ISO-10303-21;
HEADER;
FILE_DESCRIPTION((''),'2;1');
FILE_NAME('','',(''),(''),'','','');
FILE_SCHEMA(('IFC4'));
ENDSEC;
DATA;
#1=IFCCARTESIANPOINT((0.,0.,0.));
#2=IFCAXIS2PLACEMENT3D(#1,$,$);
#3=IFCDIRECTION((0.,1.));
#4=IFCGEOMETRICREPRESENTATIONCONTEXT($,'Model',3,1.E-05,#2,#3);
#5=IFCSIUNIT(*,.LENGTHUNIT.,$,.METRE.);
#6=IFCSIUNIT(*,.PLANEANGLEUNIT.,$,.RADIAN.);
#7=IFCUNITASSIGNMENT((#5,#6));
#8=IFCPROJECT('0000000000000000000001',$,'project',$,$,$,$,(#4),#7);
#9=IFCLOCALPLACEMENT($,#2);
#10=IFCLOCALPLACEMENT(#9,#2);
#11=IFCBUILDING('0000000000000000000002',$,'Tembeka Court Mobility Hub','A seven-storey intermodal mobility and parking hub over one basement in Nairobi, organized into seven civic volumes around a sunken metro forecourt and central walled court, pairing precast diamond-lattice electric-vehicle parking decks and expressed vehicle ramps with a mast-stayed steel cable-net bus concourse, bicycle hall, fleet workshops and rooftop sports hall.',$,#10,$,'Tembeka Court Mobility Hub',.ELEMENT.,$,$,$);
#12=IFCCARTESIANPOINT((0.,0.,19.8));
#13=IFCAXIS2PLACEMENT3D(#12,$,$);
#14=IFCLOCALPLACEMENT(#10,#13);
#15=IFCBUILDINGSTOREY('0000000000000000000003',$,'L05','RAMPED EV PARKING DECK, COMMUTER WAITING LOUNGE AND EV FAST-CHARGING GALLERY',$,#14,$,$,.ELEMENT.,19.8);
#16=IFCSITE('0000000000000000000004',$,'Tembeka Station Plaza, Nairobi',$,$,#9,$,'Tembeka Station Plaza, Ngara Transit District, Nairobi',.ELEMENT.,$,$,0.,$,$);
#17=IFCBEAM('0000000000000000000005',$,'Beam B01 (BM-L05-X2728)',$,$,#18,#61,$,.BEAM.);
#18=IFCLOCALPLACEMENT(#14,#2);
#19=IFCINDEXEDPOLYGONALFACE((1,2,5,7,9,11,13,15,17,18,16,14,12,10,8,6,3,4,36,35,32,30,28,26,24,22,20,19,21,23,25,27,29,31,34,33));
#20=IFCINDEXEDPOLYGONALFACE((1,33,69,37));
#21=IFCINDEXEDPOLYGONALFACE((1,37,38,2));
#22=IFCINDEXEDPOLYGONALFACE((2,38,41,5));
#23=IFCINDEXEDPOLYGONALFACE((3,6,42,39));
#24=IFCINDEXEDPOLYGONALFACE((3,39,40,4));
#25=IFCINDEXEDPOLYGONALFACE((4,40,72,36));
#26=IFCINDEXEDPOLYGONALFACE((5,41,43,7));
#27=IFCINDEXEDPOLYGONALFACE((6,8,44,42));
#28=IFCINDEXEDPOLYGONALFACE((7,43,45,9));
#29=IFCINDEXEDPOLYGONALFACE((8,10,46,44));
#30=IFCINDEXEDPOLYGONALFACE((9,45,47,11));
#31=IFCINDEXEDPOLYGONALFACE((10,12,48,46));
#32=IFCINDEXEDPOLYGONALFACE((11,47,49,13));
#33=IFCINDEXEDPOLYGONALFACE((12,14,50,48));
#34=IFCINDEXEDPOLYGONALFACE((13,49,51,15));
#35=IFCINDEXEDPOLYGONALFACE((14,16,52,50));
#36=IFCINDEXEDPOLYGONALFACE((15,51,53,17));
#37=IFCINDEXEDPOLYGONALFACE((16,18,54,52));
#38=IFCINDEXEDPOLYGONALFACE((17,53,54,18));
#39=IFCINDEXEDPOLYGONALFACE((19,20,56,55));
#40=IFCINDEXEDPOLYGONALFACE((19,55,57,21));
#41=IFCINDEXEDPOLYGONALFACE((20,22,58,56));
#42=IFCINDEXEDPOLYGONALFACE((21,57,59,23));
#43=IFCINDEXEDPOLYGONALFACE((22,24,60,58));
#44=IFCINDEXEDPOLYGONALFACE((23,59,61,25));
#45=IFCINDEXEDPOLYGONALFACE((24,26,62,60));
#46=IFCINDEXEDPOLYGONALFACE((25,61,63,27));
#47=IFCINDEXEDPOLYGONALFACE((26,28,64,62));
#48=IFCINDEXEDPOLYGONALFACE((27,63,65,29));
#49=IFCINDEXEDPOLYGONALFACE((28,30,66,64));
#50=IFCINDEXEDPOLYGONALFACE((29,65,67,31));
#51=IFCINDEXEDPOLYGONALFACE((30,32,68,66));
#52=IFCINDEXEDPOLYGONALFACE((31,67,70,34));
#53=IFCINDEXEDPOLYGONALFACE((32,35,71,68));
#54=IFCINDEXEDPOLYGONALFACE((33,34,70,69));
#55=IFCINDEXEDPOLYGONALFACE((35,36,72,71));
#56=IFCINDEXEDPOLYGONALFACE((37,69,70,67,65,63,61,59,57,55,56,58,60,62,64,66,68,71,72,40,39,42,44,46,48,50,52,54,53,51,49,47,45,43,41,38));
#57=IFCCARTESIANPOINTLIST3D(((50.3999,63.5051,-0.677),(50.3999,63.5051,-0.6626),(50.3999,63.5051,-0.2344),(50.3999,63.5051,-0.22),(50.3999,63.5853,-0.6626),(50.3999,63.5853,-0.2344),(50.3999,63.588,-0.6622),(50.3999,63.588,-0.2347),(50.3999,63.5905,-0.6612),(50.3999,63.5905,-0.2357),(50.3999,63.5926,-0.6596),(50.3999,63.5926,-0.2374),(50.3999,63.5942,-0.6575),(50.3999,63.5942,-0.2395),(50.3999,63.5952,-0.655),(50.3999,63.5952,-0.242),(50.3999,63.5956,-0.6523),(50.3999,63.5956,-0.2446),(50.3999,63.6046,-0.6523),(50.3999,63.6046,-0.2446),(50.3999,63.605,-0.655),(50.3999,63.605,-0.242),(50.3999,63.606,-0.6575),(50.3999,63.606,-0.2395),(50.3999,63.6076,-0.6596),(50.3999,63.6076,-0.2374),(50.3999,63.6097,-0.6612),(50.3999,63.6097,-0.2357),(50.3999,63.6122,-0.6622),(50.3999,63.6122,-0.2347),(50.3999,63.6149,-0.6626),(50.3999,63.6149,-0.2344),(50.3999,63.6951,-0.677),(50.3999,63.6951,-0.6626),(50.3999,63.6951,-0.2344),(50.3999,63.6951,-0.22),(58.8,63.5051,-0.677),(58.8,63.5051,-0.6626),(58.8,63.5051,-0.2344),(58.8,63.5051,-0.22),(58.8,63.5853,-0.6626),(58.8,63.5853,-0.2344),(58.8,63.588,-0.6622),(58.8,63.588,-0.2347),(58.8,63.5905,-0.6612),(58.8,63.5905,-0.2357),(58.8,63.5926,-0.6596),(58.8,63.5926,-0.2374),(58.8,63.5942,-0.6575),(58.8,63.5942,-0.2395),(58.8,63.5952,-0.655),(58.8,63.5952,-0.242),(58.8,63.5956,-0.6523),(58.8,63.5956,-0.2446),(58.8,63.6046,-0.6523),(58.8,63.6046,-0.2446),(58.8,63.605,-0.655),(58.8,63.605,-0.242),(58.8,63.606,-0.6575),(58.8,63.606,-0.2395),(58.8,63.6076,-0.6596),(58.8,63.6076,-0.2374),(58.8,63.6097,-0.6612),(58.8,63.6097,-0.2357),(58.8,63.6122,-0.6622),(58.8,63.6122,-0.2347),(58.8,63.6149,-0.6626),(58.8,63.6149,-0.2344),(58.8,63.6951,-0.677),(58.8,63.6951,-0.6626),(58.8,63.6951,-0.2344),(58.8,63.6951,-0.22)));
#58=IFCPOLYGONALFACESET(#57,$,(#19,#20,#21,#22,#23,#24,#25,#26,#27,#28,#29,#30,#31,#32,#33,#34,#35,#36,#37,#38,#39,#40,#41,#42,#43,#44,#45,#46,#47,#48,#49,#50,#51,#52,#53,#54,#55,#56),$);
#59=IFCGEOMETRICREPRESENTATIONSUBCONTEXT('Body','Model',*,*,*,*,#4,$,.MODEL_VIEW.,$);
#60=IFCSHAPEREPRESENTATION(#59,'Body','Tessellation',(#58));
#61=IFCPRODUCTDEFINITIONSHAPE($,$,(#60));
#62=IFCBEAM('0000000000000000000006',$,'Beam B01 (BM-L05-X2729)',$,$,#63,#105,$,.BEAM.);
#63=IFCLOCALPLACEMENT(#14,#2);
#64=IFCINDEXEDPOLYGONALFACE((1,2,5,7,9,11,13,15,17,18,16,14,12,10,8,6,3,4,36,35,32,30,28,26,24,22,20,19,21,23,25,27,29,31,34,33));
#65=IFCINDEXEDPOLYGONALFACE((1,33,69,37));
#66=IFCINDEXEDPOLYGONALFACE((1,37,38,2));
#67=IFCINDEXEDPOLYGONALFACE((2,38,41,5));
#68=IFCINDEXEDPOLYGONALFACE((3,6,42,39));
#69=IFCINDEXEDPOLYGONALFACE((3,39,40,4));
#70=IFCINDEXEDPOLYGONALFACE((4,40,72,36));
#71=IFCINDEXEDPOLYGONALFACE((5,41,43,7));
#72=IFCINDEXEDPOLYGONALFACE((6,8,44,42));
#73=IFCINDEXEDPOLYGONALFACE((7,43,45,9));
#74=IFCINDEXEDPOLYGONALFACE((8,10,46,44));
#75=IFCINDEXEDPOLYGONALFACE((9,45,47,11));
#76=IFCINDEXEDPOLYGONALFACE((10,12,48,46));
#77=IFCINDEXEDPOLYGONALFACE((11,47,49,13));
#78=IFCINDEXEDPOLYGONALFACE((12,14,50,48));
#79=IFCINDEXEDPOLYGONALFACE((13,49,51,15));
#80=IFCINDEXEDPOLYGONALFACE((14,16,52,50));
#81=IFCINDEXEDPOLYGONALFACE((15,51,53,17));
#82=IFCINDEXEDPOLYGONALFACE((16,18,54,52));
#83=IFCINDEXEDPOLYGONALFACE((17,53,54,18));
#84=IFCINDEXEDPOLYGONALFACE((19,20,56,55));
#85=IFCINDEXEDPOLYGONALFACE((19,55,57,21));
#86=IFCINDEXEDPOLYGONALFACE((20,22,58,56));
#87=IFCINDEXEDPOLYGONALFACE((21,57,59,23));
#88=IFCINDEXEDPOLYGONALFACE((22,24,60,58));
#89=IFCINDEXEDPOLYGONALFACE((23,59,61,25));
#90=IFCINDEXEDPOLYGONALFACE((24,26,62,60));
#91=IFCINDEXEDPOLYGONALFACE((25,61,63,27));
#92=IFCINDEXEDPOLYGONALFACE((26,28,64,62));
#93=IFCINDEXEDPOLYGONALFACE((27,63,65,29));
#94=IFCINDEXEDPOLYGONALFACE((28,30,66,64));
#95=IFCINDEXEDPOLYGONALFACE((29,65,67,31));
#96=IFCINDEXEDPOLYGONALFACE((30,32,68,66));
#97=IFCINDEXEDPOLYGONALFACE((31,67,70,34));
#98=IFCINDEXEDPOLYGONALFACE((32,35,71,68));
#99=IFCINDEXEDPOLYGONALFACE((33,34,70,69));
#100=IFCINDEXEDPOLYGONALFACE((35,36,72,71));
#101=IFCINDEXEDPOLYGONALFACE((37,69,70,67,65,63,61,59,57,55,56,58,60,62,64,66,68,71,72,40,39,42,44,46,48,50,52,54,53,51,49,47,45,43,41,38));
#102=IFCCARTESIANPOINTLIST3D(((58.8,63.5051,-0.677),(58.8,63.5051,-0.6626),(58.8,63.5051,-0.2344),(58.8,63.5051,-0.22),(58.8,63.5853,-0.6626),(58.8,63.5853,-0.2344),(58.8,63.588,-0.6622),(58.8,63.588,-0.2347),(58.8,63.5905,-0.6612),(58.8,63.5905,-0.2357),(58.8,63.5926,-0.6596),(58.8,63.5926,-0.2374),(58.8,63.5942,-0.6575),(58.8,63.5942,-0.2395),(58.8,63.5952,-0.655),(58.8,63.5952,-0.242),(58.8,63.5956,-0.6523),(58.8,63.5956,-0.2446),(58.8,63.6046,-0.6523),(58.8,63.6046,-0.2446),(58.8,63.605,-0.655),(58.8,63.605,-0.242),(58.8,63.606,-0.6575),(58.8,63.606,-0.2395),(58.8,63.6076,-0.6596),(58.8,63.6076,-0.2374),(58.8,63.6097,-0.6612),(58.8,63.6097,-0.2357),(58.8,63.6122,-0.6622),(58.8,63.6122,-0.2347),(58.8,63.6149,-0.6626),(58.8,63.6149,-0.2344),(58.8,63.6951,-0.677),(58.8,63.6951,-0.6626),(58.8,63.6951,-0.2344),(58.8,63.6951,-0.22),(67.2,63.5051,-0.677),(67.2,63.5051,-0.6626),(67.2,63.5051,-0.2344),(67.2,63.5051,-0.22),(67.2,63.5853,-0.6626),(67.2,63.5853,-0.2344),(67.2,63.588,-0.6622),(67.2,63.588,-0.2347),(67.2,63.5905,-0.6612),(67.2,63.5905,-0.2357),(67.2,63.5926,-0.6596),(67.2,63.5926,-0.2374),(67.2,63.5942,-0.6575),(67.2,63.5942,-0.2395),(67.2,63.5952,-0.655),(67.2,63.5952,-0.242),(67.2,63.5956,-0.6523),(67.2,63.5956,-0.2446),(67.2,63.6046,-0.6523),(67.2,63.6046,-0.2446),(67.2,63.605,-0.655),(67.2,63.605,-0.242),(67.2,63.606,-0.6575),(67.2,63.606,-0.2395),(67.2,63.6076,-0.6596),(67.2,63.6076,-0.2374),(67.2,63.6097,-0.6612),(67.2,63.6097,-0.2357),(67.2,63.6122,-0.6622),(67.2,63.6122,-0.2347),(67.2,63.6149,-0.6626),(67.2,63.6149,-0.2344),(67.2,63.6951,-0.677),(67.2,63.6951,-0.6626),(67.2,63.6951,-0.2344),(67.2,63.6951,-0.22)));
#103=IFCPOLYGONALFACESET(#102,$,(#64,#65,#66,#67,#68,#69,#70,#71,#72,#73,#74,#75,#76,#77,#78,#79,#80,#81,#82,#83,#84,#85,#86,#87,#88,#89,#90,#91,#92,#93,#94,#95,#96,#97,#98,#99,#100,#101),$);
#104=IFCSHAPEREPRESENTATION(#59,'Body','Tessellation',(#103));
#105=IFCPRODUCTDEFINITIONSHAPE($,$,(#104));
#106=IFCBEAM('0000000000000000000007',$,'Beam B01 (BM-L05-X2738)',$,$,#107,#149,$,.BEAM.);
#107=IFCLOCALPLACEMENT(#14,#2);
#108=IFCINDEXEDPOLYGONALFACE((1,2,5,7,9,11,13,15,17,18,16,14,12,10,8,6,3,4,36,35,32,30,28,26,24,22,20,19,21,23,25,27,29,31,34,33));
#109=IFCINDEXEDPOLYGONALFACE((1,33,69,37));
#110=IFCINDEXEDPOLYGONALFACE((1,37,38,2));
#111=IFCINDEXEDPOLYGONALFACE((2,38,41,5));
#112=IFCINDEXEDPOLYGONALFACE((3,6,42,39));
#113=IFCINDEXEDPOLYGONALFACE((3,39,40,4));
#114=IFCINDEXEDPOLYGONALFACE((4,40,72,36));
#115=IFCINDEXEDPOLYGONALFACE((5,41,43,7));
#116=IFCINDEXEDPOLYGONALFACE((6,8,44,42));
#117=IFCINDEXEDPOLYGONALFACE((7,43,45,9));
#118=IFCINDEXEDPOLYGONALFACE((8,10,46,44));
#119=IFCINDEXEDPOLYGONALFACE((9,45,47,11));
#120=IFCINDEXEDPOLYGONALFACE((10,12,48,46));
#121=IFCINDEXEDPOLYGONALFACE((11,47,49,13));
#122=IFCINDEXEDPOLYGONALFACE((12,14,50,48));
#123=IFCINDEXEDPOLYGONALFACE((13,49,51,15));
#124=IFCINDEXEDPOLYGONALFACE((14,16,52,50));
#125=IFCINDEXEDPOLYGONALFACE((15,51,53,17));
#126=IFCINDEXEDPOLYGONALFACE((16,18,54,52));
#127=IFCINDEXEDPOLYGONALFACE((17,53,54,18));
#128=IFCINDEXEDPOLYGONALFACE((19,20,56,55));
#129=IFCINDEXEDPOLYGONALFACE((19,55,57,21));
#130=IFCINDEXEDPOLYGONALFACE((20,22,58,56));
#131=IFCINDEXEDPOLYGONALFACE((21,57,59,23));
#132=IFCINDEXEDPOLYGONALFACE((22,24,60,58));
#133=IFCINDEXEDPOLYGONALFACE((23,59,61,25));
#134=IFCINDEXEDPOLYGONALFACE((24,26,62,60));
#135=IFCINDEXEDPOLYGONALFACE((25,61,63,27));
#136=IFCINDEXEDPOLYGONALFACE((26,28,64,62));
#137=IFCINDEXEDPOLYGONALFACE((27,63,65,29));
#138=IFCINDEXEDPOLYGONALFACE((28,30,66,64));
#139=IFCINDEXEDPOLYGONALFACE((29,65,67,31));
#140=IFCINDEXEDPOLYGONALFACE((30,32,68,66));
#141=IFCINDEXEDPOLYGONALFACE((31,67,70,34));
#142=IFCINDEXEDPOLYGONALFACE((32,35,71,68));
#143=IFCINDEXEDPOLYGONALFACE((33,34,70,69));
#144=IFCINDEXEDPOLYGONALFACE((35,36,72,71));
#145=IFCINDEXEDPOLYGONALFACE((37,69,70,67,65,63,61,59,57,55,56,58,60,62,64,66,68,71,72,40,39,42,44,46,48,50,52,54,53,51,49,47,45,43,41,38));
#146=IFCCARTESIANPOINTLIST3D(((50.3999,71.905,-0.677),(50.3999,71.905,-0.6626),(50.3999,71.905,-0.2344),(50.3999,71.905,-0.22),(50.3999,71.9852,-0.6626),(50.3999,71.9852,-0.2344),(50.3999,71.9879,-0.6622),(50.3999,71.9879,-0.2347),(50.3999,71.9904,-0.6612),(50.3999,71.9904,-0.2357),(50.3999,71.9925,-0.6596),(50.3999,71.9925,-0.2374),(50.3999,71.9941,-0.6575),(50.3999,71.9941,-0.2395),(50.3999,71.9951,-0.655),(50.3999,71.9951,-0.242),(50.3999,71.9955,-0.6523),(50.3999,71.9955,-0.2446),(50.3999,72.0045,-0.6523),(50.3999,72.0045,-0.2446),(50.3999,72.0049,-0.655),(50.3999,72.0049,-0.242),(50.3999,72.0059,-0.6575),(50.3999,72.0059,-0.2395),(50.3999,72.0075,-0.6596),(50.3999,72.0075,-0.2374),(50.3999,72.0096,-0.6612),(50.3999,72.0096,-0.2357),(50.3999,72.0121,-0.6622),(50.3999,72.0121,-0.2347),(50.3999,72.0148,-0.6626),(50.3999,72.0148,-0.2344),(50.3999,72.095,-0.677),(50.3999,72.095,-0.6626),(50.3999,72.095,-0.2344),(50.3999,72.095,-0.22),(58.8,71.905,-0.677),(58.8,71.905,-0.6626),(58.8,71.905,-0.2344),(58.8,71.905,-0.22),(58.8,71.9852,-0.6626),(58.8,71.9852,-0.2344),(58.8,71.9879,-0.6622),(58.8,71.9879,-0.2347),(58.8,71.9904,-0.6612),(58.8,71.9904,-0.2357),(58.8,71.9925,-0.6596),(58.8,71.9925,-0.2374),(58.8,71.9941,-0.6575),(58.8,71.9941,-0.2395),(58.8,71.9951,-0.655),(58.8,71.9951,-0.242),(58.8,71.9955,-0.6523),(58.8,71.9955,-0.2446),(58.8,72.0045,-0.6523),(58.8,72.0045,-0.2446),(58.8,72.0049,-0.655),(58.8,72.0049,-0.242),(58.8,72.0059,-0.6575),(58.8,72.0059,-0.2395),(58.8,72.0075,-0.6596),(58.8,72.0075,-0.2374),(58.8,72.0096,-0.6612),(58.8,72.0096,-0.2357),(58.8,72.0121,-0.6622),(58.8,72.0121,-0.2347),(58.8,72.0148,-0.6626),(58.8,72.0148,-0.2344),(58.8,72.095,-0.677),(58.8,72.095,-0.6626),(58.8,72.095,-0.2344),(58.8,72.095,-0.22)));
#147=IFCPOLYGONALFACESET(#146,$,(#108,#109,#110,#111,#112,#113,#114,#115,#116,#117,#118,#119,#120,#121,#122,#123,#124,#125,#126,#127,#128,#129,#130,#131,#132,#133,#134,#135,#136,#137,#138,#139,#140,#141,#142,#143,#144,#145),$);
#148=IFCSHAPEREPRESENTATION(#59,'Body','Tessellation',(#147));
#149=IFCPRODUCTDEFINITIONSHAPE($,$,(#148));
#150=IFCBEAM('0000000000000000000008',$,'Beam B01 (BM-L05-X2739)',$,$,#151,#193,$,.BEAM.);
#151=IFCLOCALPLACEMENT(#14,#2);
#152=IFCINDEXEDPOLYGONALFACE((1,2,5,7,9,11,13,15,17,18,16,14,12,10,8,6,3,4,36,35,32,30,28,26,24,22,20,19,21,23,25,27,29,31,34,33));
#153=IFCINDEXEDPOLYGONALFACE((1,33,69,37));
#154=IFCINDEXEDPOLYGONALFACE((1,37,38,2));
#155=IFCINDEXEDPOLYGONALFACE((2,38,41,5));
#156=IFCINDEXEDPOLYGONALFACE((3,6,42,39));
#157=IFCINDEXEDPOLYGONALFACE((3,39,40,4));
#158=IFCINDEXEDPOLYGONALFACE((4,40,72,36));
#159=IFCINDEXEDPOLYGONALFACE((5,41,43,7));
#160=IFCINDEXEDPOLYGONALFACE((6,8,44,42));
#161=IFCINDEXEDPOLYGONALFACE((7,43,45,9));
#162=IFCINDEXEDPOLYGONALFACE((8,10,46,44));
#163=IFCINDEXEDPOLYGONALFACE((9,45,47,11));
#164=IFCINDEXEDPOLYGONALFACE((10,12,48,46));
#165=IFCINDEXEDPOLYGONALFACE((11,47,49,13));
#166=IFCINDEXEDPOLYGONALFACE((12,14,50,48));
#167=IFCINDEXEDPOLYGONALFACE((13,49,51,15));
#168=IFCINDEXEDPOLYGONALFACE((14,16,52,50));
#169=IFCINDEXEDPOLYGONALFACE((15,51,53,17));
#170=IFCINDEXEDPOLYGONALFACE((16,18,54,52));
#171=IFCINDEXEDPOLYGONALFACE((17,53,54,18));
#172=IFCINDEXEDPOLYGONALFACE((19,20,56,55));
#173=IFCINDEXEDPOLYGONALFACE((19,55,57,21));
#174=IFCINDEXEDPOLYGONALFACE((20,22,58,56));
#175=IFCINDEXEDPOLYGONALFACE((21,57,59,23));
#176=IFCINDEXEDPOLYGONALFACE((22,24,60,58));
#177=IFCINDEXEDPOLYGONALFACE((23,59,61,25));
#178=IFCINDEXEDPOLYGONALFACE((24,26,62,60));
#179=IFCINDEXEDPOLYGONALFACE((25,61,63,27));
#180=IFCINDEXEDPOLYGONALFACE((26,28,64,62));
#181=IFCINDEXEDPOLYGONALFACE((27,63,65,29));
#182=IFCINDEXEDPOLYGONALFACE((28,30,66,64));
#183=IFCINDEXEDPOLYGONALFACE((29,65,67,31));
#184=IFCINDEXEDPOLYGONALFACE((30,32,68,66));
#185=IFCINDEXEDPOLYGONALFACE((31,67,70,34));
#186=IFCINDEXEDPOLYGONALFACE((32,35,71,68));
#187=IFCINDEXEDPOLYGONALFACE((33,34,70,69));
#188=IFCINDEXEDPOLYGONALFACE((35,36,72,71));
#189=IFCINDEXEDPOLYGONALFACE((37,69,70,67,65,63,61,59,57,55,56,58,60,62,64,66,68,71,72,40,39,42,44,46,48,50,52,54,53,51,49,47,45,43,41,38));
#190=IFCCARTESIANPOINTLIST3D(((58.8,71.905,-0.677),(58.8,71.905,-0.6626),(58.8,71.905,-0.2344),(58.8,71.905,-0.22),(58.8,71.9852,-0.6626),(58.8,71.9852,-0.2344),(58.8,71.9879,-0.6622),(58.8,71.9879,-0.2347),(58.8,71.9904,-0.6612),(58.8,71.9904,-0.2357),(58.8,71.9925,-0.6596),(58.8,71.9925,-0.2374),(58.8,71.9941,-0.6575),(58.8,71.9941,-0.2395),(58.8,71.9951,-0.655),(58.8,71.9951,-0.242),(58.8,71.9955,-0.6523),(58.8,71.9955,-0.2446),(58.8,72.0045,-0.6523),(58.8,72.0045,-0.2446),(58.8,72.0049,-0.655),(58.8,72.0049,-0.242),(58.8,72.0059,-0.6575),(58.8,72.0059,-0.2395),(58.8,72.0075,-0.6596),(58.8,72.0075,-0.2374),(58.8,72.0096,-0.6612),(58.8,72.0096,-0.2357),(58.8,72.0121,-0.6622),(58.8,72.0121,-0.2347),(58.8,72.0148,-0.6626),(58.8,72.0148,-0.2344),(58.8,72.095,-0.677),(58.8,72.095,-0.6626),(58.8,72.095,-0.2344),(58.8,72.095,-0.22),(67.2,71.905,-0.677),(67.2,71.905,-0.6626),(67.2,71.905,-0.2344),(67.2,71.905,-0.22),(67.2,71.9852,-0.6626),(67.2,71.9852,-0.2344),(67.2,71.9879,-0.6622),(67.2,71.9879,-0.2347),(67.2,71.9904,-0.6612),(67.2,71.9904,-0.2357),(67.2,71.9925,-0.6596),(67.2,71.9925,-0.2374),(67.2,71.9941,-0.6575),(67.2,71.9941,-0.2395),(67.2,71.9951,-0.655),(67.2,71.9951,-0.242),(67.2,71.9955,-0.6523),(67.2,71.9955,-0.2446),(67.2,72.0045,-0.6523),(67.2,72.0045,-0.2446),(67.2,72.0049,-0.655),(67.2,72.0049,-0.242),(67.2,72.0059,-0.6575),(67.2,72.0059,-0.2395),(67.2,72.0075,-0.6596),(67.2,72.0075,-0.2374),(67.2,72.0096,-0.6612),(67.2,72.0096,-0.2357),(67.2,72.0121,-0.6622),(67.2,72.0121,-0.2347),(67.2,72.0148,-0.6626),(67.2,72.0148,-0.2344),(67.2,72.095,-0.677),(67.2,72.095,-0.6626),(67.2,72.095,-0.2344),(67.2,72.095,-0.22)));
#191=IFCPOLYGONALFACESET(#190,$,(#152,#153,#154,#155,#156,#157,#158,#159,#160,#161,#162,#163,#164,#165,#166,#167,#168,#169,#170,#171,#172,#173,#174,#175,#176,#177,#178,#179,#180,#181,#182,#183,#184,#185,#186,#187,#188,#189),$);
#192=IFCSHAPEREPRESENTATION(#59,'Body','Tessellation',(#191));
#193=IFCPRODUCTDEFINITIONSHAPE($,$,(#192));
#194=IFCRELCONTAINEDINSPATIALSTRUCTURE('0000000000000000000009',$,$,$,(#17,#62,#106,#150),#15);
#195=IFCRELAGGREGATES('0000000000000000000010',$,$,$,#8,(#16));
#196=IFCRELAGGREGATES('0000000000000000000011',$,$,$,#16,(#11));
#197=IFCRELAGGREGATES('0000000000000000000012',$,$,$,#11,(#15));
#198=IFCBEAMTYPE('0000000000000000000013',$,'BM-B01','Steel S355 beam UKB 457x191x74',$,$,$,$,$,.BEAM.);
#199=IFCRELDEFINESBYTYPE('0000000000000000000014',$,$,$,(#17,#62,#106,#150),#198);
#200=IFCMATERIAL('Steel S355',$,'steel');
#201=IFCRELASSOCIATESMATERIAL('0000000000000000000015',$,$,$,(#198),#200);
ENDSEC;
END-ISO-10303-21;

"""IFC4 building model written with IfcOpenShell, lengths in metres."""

from ifc_helpers import new_model, si_unit, direction, frame, origin, origin_2d, place, context, subcontext, project, spatial, i_section, extrude, material, material_profile, profile_set, type_object, element, save


model = new_model("IFC4")

# Units and contexts
model_context = context("Model", 3, precision=1e-05, world=origin(), true_north=direction((0.0, 1.0)))
body_context = subcontext(model_context, "Body", "Model", "MODEL_VIEW")
ifc_project = project(units=[si_unit("LENGTHUNIT", "METRE"), si_unit("PLANEANGLEUNIT", "RADIAN")], contexts=[model_context])

# Site, building, storey
site_placement = place(None, origin())
site = spatial("IfcSite", under=ifc_project, at=site_placement, Name="Tembeka Station Plaza, Nairobi", LongName="Tembeka Station Plaza, Ngara Transit District, Nairobi", CompositionType="ELEMENT", RefElevation=0.0)
building_placement = place(site_placement, origin())
building = spatial("IfcBuilding", under=site, at=building_placement, Name="Tembeka Court Mobility Hub", Description="A seven-storey intermodal mobility and parking hub over one basement in Nairobi, organized into seven civic volumes around a sunken metro forecourt and central walled court, pairing precast diamond-lattice electric-vehicle parking decks and expressed vehicle ramps with a mast-stayed steel cable-net bus concourse, bicycle hall, fleet workshops and rooftop sports hall.", LongName="Tembeka Court Mobility Hub", CompositionType="ELEMENT")
storey_placement = place(building_placement, frame((0.0, 0.0, 19.8)))
storey = spatial("IfcBuildingStorey", under=building, at=storey_placement, Name="L05", Description="RAMPED EV PARKING DECK, COMMUTER WAITING LOUNGE AND EV FAST-CHARGING GALLERY", CompositionType="ELEMENT", Elevation=19.8)

# Shared definitions
ifc_material_1 = material(Name="Steel S355", Category="steel")

# Beams
ifc_material_profile_1 = material_profile(ifc_material_1, i_section(OverallWidth=0.1899, OverallDepth=0.457, WebThickness=0.009, FlangeThickness=0.0144, FilletRadius=0.0103, at=origin_2d()), Name="UKB 457x191x74")
ifc_profile_set_1 = profile_set([ifc_material_profile_1], Name="Steel S355")
beam_type_1 = type_object("IfcBeamType", Name="BM-B01", Description="Steel S355 beam UKB 457x191x74", PredefinedType="BEAM", material=ifc_profile_set_1)
beam_1_placement = place(storey_placement, frame((50.3999, 63.6001, -0.4485), z_axis=(1.0, 0.0, 0.0), x_axis=(0.0, 1.0, 0.0)))
element("IfcBeam", 1, at=beam_1_placement, inside=storey, type_object=beam_type_1, Name="Beam B01 (BM-L05-X2728)", PredefinedType="BEAM", context=body_context, shape_type="SweptSolid", body=[
    extrude(i_section(OverallWidth=0.1899, OverallDepth=0.457, WebThickness=0.009, FlangeThickness=0.0144, FilletRadius=0.0103, at=origin_2d()), origin(), (0.0, 0.0, 1.0), 8.4001),
])
beam_2_placement = place(storey_placement, frame((58.8, 63.6001, -0.4485), z_axis=(1.0, 0.0, 0.0), x_axis=(0.0, 1.0, 0.0)))
element("IfcBeam", 2, at=beam_2_placement, inside=storey, type_object=beam_type_1, Name="Beam B01 (BM-L05-X2729)", PredefinedType="BEAM", context=body_context, shape_type="SweptSolid", body=[
    extrude(i_section(OverallWidth=0.1899, OverallDepth=0.457, WebThickness=0.009, FlangeThickness=0.0144, FilletRadius=0.0103, at=origin_2d()), origin(), (0.0, 0.0, 1.0), 8.3999),
])
beam_3_placement = place(storey_placement, frame((50.3999, 72.0, -0.4485), z_axis=(1.0, 0.0, 0.0), x_axis=(0.0, 1.0, 0.0)))
element("IfcBeam", 3, at=beam_3_placement, inside=storey, type_object=beam_type_1, Name="Beam B01 (BM-L05-X2738)", PredefinedType="BEAM", context=body_context, shape_type="SweptSolid", body=[
    extrude(i_section(OverallWidth=0.1899, OverallDepth=0.457, WebThickness=0.009, FlangeThickness=0.0144, FilletRadius=0.0103, at=origin_2d()), origin(), (0.0, 0.0, 1.0), 8.4001),
])
beam_4_placement = place(storey_placement, frame((58.8, 72.0, -0.4485), z_axis=(1.0, 0.0, 0.0), x_axis=(0.0, 1.0, 0.0)))
element("IfcBeam", 4, at=beam_4_placement, inside=storey, type_object=beam_type_1, Name="Beam B01 (BM-L05-X2739)", PredefinedType="BEAM", context=body_context, shape_type="SweptSolid", body=[
    extrude(i_section(OverallWidth=0.1899, OverallDepth=0.457, WebThickness=0.009, FlangeThickness=0.0144, FilletRadius=0.0103, at=origin_2d()), origin(), (0.0, 0.0, 1.0), 8.3999),
])

save(model, "model.ifc")
